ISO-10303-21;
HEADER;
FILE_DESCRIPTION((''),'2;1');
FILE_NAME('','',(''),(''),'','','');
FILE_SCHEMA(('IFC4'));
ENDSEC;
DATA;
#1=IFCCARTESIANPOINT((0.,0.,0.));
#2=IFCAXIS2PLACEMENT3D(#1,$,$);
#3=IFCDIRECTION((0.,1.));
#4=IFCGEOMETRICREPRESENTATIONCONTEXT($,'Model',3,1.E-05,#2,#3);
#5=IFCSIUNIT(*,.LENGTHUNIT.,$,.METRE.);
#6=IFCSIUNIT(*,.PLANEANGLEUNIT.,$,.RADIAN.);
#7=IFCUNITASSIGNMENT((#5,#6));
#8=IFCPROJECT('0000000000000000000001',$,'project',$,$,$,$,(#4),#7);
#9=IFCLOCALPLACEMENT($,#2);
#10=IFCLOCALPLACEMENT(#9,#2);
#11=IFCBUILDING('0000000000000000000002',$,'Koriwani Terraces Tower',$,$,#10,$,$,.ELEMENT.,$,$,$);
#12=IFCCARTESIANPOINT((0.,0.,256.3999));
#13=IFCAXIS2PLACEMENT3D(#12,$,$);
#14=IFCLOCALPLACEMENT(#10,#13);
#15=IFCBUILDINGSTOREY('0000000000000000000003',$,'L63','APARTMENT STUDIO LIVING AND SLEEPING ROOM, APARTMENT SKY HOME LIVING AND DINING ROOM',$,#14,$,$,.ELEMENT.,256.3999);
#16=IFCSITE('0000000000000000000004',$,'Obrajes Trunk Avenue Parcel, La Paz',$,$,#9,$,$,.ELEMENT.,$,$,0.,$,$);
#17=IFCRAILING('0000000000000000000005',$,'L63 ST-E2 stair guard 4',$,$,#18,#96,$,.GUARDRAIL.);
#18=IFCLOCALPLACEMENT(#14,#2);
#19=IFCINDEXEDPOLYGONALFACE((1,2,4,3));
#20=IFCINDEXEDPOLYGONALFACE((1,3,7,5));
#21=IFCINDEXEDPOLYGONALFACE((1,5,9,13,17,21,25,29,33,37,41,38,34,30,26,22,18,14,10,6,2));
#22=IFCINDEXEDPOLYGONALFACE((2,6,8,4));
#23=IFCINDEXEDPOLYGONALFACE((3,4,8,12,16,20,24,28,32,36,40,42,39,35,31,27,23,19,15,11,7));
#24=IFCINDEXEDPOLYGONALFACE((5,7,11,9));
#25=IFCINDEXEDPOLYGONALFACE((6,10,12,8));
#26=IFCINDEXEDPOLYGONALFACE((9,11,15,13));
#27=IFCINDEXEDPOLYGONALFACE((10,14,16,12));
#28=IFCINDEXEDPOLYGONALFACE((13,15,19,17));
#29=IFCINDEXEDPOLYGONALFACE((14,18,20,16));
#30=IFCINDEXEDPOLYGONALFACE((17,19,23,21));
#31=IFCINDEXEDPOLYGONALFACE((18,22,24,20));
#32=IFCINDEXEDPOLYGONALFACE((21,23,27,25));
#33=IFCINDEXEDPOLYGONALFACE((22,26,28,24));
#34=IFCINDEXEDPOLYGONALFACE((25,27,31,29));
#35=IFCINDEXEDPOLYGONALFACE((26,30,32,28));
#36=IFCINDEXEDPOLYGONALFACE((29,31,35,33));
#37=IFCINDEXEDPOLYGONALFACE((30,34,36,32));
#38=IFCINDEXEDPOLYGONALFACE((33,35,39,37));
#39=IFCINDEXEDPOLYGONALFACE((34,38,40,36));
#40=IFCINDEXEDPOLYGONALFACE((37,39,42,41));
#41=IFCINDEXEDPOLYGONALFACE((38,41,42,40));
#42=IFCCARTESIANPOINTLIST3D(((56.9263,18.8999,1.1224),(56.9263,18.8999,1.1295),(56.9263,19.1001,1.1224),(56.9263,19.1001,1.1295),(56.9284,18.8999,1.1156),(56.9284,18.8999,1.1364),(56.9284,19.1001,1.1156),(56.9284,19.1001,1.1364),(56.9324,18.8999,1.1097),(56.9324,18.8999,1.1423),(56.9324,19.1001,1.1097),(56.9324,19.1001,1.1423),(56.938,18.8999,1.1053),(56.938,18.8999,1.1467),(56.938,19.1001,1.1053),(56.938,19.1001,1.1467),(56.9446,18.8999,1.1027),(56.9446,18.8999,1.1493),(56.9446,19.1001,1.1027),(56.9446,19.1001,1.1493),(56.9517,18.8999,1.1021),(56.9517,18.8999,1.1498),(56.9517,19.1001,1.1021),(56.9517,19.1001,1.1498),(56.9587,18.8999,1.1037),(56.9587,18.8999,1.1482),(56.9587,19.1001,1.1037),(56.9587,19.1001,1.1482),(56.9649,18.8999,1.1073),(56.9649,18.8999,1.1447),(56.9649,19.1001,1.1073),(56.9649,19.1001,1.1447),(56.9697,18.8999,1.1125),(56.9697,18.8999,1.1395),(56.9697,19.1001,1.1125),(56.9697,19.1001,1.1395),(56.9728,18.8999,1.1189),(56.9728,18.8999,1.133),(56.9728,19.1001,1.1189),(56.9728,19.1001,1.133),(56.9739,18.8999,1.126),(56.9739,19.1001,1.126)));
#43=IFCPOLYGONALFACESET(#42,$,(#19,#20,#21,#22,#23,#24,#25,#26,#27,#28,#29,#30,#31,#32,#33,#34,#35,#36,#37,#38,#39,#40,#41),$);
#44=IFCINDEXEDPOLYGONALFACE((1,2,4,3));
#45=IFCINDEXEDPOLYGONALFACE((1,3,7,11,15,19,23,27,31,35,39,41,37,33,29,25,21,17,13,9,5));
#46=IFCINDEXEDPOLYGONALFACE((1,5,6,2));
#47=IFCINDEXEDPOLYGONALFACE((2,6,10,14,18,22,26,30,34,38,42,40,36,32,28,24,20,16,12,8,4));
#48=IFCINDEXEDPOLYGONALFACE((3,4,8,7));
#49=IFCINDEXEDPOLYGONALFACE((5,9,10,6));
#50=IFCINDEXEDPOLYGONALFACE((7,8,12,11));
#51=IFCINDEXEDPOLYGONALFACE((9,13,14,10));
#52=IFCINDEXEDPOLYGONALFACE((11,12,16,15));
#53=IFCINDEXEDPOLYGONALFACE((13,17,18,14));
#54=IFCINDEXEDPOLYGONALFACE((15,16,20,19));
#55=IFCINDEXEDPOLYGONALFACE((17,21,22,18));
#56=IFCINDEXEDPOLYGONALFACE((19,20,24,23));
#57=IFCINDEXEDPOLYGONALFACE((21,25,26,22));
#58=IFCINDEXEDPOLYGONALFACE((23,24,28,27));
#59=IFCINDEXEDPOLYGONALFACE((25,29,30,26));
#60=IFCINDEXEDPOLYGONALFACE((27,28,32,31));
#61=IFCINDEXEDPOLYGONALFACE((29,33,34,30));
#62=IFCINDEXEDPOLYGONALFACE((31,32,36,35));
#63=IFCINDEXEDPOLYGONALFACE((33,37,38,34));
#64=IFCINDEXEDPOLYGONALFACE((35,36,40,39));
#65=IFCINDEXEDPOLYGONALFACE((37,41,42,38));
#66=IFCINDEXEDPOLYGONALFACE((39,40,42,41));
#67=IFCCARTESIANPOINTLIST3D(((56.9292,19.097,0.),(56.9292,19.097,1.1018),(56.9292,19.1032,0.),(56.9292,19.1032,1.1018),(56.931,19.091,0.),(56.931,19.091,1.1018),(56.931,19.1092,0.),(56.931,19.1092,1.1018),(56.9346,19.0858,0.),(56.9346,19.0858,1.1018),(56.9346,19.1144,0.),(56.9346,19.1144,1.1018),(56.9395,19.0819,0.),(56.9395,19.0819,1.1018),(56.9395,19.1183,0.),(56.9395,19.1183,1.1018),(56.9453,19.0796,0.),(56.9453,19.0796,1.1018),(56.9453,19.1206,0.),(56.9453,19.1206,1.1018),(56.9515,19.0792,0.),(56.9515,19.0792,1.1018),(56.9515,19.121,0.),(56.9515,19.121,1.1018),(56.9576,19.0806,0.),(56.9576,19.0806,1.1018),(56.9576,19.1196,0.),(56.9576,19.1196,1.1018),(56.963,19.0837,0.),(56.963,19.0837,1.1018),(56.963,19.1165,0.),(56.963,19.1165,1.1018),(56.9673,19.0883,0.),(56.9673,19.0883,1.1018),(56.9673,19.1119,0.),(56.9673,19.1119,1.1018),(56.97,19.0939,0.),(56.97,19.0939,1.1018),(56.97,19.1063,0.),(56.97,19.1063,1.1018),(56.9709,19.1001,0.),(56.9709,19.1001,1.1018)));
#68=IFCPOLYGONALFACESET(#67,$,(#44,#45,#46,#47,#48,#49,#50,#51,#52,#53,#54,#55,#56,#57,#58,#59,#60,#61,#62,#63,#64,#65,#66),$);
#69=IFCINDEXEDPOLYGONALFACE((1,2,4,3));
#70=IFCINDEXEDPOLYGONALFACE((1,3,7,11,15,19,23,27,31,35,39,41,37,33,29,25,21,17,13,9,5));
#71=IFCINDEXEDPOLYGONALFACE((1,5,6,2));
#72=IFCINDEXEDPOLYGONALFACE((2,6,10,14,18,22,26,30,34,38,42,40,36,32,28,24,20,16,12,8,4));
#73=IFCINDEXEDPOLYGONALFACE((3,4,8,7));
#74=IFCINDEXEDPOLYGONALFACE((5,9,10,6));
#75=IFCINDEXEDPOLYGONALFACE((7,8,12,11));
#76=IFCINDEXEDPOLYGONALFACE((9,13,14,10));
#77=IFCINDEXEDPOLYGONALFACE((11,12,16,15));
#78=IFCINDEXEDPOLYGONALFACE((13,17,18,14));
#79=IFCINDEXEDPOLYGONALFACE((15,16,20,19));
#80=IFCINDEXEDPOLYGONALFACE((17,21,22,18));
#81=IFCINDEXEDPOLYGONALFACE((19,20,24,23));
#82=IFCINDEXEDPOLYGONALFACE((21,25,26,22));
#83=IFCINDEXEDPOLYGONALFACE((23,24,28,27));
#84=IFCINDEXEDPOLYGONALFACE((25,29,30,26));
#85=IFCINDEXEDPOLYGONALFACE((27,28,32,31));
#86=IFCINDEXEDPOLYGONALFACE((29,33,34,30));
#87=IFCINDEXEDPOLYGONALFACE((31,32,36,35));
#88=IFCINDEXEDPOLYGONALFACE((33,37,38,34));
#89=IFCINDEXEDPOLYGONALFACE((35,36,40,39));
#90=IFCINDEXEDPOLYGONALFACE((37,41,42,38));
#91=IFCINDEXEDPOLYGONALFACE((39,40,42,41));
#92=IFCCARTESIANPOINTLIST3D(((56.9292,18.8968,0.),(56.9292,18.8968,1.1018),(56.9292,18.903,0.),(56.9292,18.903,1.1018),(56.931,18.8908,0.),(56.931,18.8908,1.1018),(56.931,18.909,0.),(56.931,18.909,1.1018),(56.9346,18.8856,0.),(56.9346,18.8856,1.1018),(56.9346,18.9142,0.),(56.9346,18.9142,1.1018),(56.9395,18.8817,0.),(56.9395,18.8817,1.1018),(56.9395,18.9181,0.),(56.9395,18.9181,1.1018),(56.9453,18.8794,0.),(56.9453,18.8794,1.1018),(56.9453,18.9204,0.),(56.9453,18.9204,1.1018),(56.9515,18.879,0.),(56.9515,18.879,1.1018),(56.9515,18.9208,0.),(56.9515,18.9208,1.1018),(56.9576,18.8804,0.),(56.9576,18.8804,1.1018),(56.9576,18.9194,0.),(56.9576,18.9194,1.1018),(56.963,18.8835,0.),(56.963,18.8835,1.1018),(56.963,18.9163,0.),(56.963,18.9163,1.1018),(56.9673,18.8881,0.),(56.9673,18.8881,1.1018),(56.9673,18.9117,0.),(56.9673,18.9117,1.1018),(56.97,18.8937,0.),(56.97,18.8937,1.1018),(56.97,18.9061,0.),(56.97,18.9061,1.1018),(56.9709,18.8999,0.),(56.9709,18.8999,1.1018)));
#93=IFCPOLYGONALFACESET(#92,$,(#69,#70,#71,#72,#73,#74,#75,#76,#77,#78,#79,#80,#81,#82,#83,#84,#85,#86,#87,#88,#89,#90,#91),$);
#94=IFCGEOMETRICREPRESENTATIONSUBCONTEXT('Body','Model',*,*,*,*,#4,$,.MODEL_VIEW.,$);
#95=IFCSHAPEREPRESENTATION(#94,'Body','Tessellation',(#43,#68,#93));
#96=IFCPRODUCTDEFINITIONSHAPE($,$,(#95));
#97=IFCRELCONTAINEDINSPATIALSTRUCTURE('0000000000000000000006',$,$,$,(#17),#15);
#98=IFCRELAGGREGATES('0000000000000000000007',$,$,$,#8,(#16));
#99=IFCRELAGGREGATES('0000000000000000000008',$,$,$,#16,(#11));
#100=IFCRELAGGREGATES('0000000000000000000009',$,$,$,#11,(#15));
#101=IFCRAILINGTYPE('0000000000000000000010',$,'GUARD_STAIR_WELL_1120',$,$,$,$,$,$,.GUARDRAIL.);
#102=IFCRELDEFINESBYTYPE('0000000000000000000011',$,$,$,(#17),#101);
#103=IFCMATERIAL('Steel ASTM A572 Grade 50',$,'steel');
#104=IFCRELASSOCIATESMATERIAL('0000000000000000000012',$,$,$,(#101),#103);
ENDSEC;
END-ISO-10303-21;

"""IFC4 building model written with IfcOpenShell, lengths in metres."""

from ifc_helpers import new_model, si_unit, direction, frame, origin, origin_2d, place, context, subcontext, project, spatial, circle, extrude, material, type_object, element, save


model = new_model("IFC4")

# Units and contexts
model_context = context("Model", 3, precision=1e-05, world=origin(), true_north=direction((0.0, 1.0)))
body_context = subcontext(model_context, "Body", "Model", "MODEL_VIEW")
ifc_project = project(units=[si_unit("LENGTHUNIT", "METRE"), si_unit("PLANEANGLEUNIT", "RADIAN")], contexts=[model_context])

# Site, building, storey
site_placement = place(None, origin())
site = spatial("IfcSite", under=ifc_project, at=site_placement, Name="Obrajes Trunk Avenue Parcel, La Paz", CompositionType="ELEMENT", RefElevation=0.0)
building_placement = place(site_placement, origin())
building = spatial("IfcBuilding", under=site, at=building_placement, Name="Koriwani Terraces Tower", CompositionType="ELEMENT")
storey_placement = place(building_placement, frame((0.0, 0.0, 256.3999)))
storey = spatial("IfcBuildingStorey", under=building, at=storey_placement, Name="L63", Description="APARTMENT STUDIO LIVING AND SLEEPING ROOM, APARTMENT SKY HOME LIVING AND DINING ROOM", CompositionType="ELEMENT", Elevation=256.3999)

# Shared definitions
ifc_material_1 = material(Name="Steel ASTM A572 Grade 50", Category="steel")

# Railing
railing_type_1 = type_object("IfcRailingType", Name="GUARD_STAIR_WELL_1120", PredefinedType="GUARDRAIL", material=ifc_material_1)
railing_1_placement = place(storey_placement, frame((56.95, 19.1001, 0.0)))
element("IfcRailing", 1, at=railing_1_placement, inside=storey, type_object=railing_type_1, Name="L63 ST-E2 stair guard 4", PredefinedType="GUARDRAIL", context=body_context, shape_type="SweptSolid", body=[
    extrude(circle(Radius=0.0239, at=origin_2d()), frame((0.0, 0.0, 1.126), z_axis=(0.0, -1.0, 0.0), x_axis=(1.0, 0.0, 0.0)), (0.0, 0.0, 1.0), 0.2002),
    extrude(circle(Radius=0.021, at=origin_2d()), origin(), (0.0, 0.0, 1.0), 1.1018),
    extrude(circle(Radius=0.021, at=origin_2d()), frame((0.0, -0.2002, 0.0)), (0.0, 0.0, 1.0), 1.1018),
])

save(model, "model.ifc")
